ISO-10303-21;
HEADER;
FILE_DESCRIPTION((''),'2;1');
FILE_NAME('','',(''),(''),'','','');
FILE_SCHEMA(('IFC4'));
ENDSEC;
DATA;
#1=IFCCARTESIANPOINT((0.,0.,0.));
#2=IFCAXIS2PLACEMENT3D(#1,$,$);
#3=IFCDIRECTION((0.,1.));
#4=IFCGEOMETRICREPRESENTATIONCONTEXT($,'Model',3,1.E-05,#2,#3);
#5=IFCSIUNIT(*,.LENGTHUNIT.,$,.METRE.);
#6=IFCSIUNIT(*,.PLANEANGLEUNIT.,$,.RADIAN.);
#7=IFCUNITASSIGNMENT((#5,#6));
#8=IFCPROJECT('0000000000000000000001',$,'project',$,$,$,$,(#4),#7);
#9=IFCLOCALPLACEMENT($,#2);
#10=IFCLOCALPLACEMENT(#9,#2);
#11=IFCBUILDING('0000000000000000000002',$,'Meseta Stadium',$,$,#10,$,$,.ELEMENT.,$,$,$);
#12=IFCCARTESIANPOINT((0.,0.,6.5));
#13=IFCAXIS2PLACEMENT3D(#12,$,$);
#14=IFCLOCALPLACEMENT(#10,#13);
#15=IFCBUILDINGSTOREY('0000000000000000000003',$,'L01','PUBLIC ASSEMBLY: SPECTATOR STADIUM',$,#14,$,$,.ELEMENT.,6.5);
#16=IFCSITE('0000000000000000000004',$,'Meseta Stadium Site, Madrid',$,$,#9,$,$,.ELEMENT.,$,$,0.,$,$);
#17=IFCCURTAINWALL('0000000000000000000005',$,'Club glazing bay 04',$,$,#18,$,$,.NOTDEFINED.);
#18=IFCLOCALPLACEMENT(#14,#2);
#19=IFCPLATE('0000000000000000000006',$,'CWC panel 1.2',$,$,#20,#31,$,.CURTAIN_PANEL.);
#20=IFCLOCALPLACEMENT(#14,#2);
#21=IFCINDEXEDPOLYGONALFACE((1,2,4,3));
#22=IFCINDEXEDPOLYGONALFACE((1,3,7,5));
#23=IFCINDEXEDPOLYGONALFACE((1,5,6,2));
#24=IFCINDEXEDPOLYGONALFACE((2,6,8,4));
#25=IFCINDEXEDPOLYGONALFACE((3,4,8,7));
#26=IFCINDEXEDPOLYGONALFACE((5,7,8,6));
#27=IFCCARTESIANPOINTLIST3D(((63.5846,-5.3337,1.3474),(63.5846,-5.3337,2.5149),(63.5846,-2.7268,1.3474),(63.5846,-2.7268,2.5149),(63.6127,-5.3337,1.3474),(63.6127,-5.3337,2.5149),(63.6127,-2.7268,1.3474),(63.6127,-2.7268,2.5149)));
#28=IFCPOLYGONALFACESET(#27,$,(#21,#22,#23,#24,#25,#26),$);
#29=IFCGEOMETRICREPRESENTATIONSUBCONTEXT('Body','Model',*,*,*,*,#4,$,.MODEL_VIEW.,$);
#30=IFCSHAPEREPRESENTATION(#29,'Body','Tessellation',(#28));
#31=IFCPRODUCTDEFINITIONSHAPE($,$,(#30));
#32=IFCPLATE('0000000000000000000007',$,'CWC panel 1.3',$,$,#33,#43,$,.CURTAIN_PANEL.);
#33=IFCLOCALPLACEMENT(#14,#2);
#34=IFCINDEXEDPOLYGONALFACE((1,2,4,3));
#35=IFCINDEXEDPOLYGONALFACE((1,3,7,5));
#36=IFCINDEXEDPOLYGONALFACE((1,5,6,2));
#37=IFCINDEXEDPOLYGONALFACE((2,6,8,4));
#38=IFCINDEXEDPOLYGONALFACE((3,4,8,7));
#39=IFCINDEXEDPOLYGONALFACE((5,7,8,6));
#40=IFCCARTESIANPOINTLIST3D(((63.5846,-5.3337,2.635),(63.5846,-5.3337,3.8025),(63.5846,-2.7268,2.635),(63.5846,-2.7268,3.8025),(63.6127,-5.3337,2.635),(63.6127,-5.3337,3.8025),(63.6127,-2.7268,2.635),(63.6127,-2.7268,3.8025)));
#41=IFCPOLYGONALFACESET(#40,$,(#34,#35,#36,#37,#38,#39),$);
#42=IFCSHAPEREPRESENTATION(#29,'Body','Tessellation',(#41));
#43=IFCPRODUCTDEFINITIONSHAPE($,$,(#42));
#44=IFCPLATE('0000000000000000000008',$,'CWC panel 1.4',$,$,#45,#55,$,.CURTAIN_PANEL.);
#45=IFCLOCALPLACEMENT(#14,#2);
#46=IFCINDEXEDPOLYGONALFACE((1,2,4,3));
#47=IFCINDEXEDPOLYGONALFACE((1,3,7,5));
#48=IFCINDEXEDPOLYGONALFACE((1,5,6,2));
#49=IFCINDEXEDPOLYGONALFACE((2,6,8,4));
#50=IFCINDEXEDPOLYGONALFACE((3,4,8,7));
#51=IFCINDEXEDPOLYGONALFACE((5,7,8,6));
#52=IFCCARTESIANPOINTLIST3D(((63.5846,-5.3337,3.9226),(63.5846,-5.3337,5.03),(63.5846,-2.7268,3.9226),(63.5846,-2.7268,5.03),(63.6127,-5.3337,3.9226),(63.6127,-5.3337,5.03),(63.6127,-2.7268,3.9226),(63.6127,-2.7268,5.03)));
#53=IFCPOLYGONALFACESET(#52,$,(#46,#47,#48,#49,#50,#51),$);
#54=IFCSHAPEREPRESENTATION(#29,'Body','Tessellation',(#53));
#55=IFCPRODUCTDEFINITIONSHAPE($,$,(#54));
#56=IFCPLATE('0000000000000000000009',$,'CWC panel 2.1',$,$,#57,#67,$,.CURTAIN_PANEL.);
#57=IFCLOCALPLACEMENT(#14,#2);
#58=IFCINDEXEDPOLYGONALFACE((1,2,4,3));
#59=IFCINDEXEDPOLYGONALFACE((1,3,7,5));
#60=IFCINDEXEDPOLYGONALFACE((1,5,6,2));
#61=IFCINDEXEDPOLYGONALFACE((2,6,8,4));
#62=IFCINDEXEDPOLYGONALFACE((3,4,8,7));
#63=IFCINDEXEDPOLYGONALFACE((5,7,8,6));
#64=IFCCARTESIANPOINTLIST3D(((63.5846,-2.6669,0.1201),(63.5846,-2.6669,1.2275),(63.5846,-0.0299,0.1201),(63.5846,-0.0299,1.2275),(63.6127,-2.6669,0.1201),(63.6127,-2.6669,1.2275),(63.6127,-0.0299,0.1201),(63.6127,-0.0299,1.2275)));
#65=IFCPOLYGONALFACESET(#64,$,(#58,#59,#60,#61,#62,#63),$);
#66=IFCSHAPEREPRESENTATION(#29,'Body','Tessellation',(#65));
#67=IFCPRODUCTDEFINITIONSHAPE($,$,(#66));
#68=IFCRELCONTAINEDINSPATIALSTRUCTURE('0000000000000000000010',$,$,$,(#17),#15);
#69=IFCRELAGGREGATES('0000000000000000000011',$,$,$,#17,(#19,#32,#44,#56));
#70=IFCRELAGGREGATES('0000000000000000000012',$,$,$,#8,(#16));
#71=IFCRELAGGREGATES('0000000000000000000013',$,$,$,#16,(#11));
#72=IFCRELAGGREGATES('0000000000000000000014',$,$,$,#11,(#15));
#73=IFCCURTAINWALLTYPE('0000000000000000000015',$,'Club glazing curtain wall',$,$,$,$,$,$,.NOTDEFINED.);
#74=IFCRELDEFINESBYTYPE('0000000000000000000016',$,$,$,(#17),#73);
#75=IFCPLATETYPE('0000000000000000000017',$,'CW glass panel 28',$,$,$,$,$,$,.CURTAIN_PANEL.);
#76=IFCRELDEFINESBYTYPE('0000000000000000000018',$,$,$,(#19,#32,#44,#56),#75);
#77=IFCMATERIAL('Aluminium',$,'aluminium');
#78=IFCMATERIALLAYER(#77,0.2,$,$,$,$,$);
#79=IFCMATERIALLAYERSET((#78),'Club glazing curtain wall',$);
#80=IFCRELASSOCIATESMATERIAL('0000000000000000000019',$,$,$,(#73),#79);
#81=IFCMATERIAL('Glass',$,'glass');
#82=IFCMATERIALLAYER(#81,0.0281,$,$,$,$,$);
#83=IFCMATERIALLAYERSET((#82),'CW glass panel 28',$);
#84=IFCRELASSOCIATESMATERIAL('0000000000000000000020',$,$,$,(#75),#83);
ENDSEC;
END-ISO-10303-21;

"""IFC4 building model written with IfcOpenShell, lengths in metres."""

from ifc_helpers import new_model, si_unit, direction, frame, origin, origin_2d, place, context, subcontext, project, spatial, rectangle, extrude, material, layer, layer_set, type_object, element, aggregate, save


model = new_model("IFC4")

# Units and contexts
model_context = context("Model", 3, precision=1e-05, world=origin(), true_north=direction((0.0, 1.0)))
body_context = subcontext(model_context, "Body", "Model", "MODEL_VIEW")
ifc_project = project(units=[si_unit("LENGTHUNIT", "METRE"), si_unit("PLANEANGLEUNIT", "RADIAN")], contexts=[model_context])

# Site, building, storey
site_placement = place(None, origin())
site = spatial("IfcSite", under=ifc_project, at=site_placement, Name="Meseta Stadium Site, Madrid", CompositionType="ELEMENT", RefElevation=0.0)
building_placement = place(site_placement, origin())
building = spatial("IfcBuilding", under=site, at=building_placement, Name="Meseta Stadium", CompositionType="ELEMENT")
storey_placement = place(building_placement, frame((0.0, 0.0, 6.5)))
storey = spatial("IfcBuildingStorey", under=building, at=storey_placement, Name="L01", Description="PUBLIC ASSEMBLY: SPECTATOR STADIUM", CompositionType="ELEMENT", Elevation=6.5)

# Curtain wall
ifc_material_1 = material(Name="Aluminium", Category="aluminium")
ifc_layer_1 = layer(ifc_material_1, 0.2)
ifc_layer_set_1 = layer_set([ifc_layer_1], Name="Club glazing curtain wall")
curtain_wall_type = type_object("IfcCurtainWallType", Name="Club glazing curtain wall", PredefinedType="NOTDEFINED", material=ifc_layer_set_1)
curtain_wall_placement = place(storey_placement, origin())
curtain_wall = element("IfcCurtainWall", 1, at=curtain_wall_placement, inside=storey, type_object=curtain_wall_type, Name="Club glazing bay 04", PredefinedType="NOTDEFINED")

# Plates
ifc_material_2 = material(Name="Glass", Category="glass")
ifc_layer_2 = layer(ifc_material_2, 0.0281)
ifc_layer_set_2 = layer_set([ifc_layer_2], Name="CW glass panel 28")
plate_type = type_object("IfcPlateType", Name="CW glass panel 28", PredefinedType="CURTAIN_PANEL", material=ifc_layer_set_2)
plate_1_placement = place(storey_placement, frame((63.5986, -4.0303, 1.3474), z_axis=(0.0, 0.0, 1.0), x_axis=(0.0, 1.0, 0.0)))
plate_1 = element("IfcPlate", 2, at=plate_1_placement, type_object=plate_type, Name="CWC panel 1.2", PredefinedType="CURTAIN_PANEL", context=body_context, shape_type="SweptSolid", body=[
    extrude(rectangle(XDim=2.6069, YDim=0.0281, at=origin_2d()), origin(), (0.0, 0.0, 1.0), 1.1675),
])
plate_2_placement = place(storey_placement, frame((63.5986, -4.0303, 2.635), z_axis=(0.0, 0.0, 1.0), x_axis=(0.0, 1.0, 0.0)))
plate_2 = element("IfcPlate", 3, at=plate_2_placement, type_object=plate_type, Name="CWC panel 1.3", PredefinedType="CURTAIN_PANEL", context=body_context, shape_type="SweptSolid", body=[
    extrude(rectangle(XDim=2.6069, YDim=0.0281, at=origin_2d()), origin(), (0.0, 0.0, 1.0), 1.1675),
])
plate_3_placement = place(storey_placement, frame((63.5986, -4.0303, 3.9226), z_axis=(0.0, 0.0, 1.0), x_axis=(0.0, 1.0, 0.0)))
plate_3 = element("IfcPlate", 4, at=plate_3_placement, type_object=plate_type, Name="CWC panel 1.4", PredefinedType="CURTAIN_PANEL", context=body_context, shape_type="SweptSolid", body=[
    extrude(rectangle(XDim=2.6069, YDim=0.0281, at=origin_2d()), origin(), (0.0, 0.0, 1.0), 1.1074),
])
plate_4_placement = place(storey_placement, frame((63.5986, -1.3484, 0.1201), z_axis=(0.0, 0.0, 1.0), x_axis=(0.0, 1.0, 0.0)))
plate_4 = element("IfcPlate", 5, at=plate_4_placement, type_object=plate_type, Name="CWC panel 2.1", PredefinedType="CURTAIN_PANEL", context=body_context, shape_type="SweptSolid", body=[
    extrude(rectangle(XDim=2.637, YDim=0.0281, at=origin_2d()), origin(), (0.0, 0.0, 1.0), 1.1074),
])
aggregate(curtain_wall, [plate_1, plate_2, plate_3, plate_4])

save(model, "model.ifc")
